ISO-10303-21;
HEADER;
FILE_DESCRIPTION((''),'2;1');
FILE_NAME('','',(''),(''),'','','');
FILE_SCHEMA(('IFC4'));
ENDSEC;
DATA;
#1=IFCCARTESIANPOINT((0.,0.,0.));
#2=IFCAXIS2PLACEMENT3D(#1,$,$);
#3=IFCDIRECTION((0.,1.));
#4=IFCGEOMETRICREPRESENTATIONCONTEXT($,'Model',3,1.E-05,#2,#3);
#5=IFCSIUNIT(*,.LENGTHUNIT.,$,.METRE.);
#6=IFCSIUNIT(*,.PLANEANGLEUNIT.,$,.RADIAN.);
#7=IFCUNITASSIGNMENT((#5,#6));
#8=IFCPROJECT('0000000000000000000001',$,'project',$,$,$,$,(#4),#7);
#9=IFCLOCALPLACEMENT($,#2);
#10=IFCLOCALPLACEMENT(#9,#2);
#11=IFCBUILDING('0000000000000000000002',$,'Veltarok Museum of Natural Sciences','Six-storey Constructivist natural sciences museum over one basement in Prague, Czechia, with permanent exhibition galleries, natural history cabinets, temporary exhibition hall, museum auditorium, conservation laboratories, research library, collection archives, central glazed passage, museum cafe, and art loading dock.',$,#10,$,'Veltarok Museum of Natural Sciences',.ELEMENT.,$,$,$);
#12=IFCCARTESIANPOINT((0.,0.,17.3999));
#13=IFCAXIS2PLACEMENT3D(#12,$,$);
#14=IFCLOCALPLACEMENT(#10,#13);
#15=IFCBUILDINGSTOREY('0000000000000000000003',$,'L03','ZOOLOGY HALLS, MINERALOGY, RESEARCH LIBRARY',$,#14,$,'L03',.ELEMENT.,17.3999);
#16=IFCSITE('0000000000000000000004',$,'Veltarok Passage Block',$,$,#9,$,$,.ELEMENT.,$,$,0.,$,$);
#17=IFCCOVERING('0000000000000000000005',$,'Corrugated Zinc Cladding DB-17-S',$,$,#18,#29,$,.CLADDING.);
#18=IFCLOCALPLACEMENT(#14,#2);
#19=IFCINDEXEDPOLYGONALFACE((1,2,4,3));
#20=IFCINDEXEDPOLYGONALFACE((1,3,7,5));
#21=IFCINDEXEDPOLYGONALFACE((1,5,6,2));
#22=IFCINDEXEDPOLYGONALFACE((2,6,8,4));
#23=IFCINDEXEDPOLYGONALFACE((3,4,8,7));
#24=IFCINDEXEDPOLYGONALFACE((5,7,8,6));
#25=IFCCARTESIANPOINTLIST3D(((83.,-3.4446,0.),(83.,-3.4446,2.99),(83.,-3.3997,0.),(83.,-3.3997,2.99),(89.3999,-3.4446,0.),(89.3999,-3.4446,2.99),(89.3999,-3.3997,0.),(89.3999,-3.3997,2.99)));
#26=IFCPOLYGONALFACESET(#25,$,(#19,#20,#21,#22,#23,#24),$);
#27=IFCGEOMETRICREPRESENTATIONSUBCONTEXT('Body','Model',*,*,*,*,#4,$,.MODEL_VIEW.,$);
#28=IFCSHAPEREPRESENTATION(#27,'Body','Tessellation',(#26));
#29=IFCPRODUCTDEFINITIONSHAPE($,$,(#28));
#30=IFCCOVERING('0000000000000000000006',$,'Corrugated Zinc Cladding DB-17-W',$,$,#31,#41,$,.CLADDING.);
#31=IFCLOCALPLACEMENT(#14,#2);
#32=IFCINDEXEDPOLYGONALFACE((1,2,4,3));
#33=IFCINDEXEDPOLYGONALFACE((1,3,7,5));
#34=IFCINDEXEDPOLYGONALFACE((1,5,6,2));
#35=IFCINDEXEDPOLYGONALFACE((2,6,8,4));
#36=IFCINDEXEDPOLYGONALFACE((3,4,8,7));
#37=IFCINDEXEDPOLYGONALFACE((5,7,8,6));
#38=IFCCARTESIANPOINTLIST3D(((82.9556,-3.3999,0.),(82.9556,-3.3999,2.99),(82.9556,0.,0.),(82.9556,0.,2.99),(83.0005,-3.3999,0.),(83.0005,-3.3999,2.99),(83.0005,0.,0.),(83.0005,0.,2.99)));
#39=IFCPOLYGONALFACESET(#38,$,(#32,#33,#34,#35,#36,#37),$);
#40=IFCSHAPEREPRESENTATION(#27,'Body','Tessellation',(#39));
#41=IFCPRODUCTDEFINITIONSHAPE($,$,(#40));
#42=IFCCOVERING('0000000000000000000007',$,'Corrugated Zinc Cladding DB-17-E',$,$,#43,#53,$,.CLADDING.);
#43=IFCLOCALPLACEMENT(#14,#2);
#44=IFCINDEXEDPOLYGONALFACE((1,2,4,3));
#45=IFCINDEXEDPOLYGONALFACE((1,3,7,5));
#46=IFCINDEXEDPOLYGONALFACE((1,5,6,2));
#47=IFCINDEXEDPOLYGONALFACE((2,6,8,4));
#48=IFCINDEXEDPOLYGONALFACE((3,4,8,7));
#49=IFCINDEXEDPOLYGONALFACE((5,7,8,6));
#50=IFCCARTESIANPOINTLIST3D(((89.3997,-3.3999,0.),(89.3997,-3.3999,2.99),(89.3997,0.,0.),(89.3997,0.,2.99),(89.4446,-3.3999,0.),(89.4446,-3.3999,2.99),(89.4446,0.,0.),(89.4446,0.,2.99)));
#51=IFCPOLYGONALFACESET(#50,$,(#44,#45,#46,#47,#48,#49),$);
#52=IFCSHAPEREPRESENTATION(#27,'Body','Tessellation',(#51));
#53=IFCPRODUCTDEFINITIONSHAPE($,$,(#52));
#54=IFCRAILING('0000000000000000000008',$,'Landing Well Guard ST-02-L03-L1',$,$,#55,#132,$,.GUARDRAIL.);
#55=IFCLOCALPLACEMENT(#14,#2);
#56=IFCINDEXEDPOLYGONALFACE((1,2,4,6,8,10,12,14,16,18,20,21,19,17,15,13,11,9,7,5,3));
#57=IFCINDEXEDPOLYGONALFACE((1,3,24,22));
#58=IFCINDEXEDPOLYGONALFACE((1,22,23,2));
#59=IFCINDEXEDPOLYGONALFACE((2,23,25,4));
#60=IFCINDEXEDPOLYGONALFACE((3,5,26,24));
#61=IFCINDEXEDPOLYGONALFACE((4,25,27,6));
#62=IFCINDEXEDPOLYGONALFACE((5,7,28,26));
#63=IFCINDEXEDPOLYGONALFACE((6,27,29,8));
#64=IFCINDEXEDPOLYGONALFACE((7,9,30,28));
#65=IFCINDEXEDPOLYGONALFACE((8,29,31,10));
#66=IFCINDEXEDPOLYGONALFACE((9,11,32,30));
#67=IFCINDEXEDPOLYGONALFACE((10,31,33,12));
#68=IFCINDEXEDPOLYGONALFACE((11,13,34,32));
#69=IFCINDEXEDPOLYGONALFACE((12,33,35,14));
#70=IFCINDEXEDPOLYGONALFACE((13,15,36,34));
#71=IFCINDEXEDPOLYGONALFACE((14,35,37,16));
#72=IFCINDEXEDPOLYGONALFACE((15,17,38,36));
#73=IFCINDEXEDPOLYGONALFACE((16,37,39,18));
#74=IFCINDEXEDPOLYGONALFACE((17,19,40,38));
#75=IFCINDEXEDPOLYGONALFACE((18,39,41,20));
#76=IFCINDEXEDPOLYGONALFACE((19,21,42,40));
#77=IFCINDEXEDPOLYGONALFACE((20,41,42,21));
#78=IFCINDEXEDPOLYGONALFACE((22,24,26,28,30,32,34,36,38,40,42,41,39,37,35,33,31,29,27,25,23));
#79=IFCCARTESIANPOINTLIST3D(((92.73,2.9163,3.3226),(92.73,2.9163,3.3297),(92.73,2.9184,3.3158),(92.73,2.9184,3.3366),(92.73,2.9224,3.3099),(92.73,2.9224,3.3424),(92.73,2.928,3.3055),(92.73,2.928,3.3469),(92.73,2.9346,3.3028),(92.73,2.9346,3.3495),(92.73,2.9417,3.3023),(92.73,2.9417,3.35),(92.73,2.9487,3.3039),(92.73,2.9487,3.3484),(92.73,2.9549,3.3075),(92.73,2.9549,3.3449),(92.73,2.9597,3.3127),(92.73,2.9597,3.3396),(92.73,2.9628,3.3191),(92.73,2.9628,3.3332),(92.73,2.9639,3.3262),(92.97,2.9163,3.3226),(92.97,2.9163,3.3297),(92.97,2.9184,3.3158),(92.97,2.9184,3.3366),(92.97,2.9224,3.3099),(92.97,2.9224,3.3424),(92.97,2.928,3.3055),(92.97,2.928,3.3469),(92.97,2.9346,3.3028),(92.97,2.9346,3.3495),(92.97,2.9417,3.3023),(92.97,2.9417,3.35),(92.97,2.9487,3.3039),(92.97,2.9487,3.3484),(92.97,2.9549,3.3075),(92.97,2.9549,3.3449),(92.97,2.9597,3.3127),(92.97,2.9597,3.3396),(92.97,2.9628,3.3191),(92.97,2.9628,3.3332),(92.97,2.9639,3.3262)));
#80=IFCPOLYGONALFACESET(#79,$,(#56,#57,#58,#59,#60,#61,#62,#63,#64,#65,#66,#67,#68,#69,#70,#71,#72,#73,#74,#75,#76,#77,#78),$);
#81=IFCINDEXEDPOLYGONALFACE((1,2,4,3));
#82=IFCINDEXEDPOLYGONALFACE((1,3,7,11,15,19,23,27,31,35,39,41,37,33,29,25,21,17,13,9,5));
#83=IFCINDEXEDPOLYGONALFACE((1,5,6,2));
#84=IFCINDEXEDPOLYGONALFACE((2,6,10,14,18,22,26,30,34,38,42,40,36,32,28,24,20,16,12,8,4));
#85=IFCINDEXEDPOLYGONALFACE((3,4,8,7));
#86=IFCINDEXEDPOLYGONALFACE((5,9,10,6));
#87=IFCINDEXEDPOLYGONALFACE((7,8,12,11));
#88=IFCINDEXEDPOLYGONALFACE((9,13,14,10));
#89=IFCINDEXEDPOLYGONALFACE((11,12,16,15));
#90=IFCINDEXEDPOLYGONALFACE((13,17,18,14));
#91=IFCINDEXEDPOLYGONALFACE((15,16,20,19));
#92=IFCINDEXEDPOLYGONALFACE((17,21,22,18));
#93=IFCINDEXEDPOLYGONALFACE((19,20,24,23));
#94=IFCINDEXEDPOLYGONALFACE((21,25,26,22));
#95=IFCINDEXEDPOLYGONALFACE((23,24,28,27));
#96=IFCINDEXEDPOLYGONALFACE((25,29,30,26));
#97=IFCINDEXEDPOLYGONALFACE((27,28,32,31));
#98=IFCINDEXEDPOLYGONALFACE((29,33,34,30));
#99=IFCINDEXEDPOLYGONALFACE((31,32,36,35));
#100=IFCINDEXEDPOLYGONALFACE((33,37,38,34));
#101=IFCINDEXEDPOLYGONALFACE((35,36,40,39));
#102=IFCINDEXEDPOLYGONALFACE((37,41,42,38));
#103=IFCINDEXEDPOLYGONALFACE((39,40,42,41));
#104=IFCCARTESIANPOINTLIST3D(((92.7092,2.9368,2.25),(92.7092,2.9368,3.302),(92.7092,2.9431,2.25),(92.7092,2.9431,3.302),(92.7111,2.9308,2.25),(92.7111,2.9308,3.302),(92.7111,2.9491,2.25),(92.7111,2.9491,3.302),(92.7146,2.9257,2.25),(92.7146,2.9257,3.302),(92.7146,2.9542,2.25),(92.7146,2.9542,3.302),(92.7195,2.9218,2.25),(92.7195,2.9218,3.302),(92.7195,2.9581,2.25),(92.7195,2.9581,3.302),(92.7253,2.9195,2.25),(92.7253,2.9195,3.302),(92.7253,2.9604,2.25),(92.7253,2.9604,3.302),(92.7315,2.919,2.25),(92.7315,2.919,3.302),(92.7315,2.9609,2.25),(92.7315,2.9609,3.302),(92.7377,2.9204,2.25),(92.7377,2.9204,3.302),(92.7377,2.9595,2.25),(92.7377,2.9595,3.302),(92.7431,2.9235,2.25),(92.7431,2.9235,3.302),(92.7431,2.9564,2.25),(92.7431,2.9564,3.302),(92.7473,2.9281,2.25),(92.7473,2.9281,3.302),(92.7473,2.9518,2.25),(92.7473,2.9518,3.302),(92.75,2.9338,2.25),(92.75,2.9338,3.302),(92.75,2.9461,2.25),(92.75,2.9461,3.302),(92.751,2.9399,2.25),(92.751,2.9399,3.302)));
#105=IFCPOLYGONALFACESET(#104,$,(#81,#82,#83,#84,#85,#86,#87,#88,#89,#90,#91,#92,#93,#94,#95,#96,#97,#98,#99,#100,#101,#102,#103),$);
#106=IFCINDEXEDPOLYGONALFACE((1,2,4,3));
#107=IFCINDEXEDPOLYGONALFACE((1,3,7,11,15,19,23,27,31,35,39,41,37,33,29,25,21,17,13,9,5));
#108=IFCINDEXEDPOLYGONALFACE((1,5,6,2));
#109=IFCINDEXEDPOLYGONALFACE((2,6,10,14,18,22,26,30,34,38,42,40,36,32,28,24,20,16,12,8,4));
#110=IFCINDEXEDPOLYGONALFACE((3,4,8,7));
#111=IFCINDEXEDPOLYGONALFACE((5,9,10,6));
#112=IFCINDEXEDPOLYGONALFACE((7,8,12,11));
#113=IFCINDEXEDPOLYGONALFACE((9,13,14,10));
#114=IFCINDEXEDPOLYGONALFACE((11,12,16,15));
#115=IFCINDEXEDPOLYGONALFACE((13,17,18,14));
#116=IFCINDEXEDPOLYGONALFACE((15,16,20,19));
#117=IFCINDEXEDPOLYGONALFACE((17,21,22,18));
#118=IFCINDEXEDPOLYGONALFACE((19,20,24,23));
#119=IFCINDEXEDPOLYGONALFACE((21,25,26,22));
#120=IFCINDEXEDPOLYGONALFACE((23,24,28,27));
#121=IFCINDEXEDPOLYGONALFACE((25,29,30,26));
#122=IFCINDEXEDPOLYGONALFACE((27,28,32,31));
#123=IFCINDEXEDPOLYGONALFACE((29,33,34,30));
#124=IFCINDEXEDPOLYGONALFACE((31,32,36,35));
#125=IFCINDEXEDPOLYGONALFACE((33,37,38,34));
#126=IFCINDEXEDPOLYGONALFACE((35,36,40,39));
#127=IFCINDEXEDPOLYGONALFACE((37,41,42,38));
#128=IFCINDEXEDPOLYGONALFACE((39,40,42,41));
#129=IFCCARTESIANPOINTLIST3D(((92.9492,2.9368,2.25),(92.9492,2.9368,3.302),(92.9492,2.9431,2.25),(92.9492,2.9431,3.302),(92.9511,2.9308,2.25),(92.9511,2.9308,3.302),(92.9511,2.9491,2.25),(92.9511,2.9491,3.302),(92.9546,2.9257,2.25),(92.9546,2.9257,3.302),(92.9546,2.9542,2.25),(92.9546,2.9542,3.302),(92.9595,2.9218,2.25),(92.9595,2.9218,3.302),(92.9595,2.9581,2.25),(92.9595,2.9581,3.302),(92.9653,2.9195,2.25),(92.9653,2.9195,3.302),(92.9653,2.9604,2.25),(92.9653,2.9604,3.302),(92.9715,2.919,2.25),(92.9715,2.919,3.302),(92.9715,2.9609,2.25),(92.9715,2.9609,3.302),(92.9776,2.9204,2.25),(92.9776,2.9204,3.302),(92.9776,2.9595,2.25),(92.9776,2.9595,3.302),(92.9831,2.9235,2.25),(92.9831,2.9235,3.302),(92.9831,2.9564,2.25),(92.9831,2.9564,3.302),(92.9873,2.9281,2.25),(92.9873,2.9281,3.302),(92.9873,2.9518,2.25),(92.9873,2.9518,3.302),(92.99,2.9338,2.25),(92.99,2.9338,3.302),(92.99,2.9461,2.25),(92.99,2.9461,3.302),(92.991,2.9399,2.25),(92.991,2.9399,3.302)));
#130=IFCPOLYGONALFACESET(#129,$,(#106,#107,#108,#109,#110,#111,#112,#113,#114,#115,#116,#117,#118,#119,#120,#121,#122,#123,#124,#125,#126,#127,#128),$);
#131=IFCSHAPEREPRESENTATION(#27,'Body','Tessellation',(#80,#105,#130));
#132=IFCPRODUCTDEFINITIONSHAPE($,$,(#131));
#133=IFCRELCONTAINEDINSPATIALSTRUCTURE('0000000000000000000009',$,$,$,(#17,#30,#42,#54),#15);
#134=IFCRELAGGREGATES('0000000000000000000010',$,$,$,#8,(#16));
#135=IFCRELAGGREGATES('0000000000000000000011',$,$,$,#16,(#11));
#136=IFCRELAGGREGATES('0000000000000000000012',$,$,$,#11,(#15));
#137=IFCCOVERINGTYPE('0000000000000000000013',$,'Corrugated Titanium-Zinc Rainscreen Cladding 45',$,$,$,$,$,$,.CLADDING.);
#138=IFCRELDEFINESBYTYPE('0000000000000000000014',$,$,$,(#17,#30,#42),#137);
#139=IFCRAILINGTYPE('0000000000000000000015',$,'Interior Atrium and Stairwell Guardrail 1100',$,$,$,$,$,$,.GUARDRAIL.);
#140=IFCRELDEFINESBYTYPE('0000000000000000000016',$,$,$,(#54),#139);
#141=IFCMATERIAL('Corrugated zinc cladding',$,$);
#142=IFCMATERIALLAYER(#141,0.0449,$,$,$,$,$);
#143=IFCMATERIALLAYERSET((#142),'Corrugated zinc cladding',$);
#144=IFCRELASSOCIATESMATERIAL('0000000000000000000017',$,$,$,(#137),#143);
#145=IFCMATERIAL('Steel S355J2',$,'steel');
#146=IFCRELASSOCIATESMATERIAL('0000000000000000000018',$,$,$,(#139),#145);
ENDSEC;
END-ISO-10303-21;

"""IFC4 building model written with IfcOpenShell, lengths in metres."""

from ifc_helpers import new_model, si_unit, direction, frame, frame_2d, origin, origin_2d, place, context, subcontext, project, spatial, rectangle, circle, extrude, material, layer, layer_set, type_object, element, save


model = new_model("IFC4")

# Units and contexts
model_context = context("Model", 3, precision=1e-05, world=origin(), true_north=direction((0.0, 1.0)))
body_context = subcontext(model_context, "Body", "Model", "MODEL_VIEW")
ifc_project = project(units=[si_unit("LENGTHUNIT", "METRE"), si_unit("PLANEANGLEUNIT", "RADIAN")], contexts=[model_context])

# Site, building, storey
site_placement = place(None, origin())
site = spatial("IfcSite", under=ifc_project, at=site_placement, Name="Veltarok Passage Block", CompositionType="ELEMENT", RefElevation=0.0)
building_placement = place(site_placement, origin())
building = spatial("IfcBuilding", under=site, at=building_placement, Name="Veltarok Museum of Natural Sciences", Description="Six-storey Constructivist natural sciences museum over one basement in Prague, Czechia, with permanent exhibition galleries, natural history cabinets, temporary exhibition hall, museum auditorium, conservation laboratories, research library, collection archives, central glazed passage, museum cafe, and art loading dock.", LongName="Veltarok Museum of Natural Sciences", CompositionType="ELEMENT")
storey_placement = place(building_placement, frame((0.0, 0.0, 17.3999)))
storey = spatial("IfcBuildingStorey", under=building, at=storey_placement, Name="L03", Description="ZOOLOGY HALLS, MINERALOGY, RESEARCH LIBRARY", LongName="L03", CompositionType="ELEMENT", Elevation=17.3999)

# Shared definitions
ifc_material_1 = material(Name="Steel S355J2", Category="steel")

# Coverings
ifc_material_2 = material(Name="Corrugated zinc cladding")
ifc_layer_1 = layer(ifc_material_2, 0.0449)
ifc_layer_set_1 = layer_set([ifc_layer_1], Name="Corrugated zinc cladding")
covering_type = type_object("IfcCoveringType", Name="Corrugated Titanium-Zinc Rainscreen Cladding 45", PredefinedType="CLADDING", material=ifc_layer_set_1)
covering_placement = place(storey_placement, frame((83.0, -3.4221, 0.0), z_axis=(0.0, 0.0, 1.0), x_axis=(1.0, 0.0, 0.0)))
element("IfcCovering", 1, at=covering_placement, inside=storey, type_object=covering_type, Name="Corrugated Zinc Cladding DB-17-S", PredefinedType="CLADDING", context=body_context, shape_type="SweptSolid", body=[
    extrude(rectangle(XDim=6.3999, YDim=0.0449, at=frame_2d((3.2, 0.0))), origin(), (0.0, 0.0, 1.0), 2.99),
])
for number, where, z_axis, x_axis, name in (
    (2, (82.978, 0.0, 0.0), (0.0, 0.0, 1.0), (0.0, -1.0, 0.0), "Corrugated Zinc Cladding DB-17-W"),
    (3, (89.4221, -3.3999, 0.0), (0.0, 0.0, 1.0), (0.0, 1.0, 0.0), "Corrugated Zinc Cladding DB-17-E"),
):
    element("IfcCovering", number, at=place(storey_placement, frame(where, z_axis=z_axis, x_axis=x_axis)), inside=storey, type_object=covering_type, Name=name, PredefinedType="CLADDING", context=body_context, shape_type="SweptSolid", body=[
        extrude(rectangle(XDim=3.3999, YDim=0.0449, at=frame_2d((1.7, 0.0))), origin(), (0.0, 0.0, 1.0), 2.99),
    ])

# Railing
railing_type_1 = type_object("IfcRailingType", Name="Interior Atrium and Stairwell Guardrail 1100", PredefinedType="GUARDRAIL", material=ifc_material_1)
railing_1_placement = place(storey_placement, frame((92.73, 2.9399, 2.25)))
element("IfcRailing", 4, at=railing_1_placement, inside=storey, type_object=railing_type_1, Name="Landing Well Guard ST-02-L03-L1", PredefinedType="GUARDRAIL", context=body_context, shape_type="SweptSolid", body=[
    extrude(circle(Radius=0.0239, at=origin_2d()), frame((0.0, 0.0, 1.0762), z_axis=(1.0, 0.0, 0.0), x_axis=(0.0, 1.0, 0.0)), (0.0, 0.0, 1.0), 0.24),
    extrude(circle(Radius=0.021, at=origin_2d()), origin(), (0.0, 0.0, 1.0), 1.052),
    extrude(circle(Radius=0.021, at=origin_2d()), frame((0.24, 0.0, 0.0)), (0.0, 0.0, 1.0), 1.052),
])

save(model, "model.ifc")
